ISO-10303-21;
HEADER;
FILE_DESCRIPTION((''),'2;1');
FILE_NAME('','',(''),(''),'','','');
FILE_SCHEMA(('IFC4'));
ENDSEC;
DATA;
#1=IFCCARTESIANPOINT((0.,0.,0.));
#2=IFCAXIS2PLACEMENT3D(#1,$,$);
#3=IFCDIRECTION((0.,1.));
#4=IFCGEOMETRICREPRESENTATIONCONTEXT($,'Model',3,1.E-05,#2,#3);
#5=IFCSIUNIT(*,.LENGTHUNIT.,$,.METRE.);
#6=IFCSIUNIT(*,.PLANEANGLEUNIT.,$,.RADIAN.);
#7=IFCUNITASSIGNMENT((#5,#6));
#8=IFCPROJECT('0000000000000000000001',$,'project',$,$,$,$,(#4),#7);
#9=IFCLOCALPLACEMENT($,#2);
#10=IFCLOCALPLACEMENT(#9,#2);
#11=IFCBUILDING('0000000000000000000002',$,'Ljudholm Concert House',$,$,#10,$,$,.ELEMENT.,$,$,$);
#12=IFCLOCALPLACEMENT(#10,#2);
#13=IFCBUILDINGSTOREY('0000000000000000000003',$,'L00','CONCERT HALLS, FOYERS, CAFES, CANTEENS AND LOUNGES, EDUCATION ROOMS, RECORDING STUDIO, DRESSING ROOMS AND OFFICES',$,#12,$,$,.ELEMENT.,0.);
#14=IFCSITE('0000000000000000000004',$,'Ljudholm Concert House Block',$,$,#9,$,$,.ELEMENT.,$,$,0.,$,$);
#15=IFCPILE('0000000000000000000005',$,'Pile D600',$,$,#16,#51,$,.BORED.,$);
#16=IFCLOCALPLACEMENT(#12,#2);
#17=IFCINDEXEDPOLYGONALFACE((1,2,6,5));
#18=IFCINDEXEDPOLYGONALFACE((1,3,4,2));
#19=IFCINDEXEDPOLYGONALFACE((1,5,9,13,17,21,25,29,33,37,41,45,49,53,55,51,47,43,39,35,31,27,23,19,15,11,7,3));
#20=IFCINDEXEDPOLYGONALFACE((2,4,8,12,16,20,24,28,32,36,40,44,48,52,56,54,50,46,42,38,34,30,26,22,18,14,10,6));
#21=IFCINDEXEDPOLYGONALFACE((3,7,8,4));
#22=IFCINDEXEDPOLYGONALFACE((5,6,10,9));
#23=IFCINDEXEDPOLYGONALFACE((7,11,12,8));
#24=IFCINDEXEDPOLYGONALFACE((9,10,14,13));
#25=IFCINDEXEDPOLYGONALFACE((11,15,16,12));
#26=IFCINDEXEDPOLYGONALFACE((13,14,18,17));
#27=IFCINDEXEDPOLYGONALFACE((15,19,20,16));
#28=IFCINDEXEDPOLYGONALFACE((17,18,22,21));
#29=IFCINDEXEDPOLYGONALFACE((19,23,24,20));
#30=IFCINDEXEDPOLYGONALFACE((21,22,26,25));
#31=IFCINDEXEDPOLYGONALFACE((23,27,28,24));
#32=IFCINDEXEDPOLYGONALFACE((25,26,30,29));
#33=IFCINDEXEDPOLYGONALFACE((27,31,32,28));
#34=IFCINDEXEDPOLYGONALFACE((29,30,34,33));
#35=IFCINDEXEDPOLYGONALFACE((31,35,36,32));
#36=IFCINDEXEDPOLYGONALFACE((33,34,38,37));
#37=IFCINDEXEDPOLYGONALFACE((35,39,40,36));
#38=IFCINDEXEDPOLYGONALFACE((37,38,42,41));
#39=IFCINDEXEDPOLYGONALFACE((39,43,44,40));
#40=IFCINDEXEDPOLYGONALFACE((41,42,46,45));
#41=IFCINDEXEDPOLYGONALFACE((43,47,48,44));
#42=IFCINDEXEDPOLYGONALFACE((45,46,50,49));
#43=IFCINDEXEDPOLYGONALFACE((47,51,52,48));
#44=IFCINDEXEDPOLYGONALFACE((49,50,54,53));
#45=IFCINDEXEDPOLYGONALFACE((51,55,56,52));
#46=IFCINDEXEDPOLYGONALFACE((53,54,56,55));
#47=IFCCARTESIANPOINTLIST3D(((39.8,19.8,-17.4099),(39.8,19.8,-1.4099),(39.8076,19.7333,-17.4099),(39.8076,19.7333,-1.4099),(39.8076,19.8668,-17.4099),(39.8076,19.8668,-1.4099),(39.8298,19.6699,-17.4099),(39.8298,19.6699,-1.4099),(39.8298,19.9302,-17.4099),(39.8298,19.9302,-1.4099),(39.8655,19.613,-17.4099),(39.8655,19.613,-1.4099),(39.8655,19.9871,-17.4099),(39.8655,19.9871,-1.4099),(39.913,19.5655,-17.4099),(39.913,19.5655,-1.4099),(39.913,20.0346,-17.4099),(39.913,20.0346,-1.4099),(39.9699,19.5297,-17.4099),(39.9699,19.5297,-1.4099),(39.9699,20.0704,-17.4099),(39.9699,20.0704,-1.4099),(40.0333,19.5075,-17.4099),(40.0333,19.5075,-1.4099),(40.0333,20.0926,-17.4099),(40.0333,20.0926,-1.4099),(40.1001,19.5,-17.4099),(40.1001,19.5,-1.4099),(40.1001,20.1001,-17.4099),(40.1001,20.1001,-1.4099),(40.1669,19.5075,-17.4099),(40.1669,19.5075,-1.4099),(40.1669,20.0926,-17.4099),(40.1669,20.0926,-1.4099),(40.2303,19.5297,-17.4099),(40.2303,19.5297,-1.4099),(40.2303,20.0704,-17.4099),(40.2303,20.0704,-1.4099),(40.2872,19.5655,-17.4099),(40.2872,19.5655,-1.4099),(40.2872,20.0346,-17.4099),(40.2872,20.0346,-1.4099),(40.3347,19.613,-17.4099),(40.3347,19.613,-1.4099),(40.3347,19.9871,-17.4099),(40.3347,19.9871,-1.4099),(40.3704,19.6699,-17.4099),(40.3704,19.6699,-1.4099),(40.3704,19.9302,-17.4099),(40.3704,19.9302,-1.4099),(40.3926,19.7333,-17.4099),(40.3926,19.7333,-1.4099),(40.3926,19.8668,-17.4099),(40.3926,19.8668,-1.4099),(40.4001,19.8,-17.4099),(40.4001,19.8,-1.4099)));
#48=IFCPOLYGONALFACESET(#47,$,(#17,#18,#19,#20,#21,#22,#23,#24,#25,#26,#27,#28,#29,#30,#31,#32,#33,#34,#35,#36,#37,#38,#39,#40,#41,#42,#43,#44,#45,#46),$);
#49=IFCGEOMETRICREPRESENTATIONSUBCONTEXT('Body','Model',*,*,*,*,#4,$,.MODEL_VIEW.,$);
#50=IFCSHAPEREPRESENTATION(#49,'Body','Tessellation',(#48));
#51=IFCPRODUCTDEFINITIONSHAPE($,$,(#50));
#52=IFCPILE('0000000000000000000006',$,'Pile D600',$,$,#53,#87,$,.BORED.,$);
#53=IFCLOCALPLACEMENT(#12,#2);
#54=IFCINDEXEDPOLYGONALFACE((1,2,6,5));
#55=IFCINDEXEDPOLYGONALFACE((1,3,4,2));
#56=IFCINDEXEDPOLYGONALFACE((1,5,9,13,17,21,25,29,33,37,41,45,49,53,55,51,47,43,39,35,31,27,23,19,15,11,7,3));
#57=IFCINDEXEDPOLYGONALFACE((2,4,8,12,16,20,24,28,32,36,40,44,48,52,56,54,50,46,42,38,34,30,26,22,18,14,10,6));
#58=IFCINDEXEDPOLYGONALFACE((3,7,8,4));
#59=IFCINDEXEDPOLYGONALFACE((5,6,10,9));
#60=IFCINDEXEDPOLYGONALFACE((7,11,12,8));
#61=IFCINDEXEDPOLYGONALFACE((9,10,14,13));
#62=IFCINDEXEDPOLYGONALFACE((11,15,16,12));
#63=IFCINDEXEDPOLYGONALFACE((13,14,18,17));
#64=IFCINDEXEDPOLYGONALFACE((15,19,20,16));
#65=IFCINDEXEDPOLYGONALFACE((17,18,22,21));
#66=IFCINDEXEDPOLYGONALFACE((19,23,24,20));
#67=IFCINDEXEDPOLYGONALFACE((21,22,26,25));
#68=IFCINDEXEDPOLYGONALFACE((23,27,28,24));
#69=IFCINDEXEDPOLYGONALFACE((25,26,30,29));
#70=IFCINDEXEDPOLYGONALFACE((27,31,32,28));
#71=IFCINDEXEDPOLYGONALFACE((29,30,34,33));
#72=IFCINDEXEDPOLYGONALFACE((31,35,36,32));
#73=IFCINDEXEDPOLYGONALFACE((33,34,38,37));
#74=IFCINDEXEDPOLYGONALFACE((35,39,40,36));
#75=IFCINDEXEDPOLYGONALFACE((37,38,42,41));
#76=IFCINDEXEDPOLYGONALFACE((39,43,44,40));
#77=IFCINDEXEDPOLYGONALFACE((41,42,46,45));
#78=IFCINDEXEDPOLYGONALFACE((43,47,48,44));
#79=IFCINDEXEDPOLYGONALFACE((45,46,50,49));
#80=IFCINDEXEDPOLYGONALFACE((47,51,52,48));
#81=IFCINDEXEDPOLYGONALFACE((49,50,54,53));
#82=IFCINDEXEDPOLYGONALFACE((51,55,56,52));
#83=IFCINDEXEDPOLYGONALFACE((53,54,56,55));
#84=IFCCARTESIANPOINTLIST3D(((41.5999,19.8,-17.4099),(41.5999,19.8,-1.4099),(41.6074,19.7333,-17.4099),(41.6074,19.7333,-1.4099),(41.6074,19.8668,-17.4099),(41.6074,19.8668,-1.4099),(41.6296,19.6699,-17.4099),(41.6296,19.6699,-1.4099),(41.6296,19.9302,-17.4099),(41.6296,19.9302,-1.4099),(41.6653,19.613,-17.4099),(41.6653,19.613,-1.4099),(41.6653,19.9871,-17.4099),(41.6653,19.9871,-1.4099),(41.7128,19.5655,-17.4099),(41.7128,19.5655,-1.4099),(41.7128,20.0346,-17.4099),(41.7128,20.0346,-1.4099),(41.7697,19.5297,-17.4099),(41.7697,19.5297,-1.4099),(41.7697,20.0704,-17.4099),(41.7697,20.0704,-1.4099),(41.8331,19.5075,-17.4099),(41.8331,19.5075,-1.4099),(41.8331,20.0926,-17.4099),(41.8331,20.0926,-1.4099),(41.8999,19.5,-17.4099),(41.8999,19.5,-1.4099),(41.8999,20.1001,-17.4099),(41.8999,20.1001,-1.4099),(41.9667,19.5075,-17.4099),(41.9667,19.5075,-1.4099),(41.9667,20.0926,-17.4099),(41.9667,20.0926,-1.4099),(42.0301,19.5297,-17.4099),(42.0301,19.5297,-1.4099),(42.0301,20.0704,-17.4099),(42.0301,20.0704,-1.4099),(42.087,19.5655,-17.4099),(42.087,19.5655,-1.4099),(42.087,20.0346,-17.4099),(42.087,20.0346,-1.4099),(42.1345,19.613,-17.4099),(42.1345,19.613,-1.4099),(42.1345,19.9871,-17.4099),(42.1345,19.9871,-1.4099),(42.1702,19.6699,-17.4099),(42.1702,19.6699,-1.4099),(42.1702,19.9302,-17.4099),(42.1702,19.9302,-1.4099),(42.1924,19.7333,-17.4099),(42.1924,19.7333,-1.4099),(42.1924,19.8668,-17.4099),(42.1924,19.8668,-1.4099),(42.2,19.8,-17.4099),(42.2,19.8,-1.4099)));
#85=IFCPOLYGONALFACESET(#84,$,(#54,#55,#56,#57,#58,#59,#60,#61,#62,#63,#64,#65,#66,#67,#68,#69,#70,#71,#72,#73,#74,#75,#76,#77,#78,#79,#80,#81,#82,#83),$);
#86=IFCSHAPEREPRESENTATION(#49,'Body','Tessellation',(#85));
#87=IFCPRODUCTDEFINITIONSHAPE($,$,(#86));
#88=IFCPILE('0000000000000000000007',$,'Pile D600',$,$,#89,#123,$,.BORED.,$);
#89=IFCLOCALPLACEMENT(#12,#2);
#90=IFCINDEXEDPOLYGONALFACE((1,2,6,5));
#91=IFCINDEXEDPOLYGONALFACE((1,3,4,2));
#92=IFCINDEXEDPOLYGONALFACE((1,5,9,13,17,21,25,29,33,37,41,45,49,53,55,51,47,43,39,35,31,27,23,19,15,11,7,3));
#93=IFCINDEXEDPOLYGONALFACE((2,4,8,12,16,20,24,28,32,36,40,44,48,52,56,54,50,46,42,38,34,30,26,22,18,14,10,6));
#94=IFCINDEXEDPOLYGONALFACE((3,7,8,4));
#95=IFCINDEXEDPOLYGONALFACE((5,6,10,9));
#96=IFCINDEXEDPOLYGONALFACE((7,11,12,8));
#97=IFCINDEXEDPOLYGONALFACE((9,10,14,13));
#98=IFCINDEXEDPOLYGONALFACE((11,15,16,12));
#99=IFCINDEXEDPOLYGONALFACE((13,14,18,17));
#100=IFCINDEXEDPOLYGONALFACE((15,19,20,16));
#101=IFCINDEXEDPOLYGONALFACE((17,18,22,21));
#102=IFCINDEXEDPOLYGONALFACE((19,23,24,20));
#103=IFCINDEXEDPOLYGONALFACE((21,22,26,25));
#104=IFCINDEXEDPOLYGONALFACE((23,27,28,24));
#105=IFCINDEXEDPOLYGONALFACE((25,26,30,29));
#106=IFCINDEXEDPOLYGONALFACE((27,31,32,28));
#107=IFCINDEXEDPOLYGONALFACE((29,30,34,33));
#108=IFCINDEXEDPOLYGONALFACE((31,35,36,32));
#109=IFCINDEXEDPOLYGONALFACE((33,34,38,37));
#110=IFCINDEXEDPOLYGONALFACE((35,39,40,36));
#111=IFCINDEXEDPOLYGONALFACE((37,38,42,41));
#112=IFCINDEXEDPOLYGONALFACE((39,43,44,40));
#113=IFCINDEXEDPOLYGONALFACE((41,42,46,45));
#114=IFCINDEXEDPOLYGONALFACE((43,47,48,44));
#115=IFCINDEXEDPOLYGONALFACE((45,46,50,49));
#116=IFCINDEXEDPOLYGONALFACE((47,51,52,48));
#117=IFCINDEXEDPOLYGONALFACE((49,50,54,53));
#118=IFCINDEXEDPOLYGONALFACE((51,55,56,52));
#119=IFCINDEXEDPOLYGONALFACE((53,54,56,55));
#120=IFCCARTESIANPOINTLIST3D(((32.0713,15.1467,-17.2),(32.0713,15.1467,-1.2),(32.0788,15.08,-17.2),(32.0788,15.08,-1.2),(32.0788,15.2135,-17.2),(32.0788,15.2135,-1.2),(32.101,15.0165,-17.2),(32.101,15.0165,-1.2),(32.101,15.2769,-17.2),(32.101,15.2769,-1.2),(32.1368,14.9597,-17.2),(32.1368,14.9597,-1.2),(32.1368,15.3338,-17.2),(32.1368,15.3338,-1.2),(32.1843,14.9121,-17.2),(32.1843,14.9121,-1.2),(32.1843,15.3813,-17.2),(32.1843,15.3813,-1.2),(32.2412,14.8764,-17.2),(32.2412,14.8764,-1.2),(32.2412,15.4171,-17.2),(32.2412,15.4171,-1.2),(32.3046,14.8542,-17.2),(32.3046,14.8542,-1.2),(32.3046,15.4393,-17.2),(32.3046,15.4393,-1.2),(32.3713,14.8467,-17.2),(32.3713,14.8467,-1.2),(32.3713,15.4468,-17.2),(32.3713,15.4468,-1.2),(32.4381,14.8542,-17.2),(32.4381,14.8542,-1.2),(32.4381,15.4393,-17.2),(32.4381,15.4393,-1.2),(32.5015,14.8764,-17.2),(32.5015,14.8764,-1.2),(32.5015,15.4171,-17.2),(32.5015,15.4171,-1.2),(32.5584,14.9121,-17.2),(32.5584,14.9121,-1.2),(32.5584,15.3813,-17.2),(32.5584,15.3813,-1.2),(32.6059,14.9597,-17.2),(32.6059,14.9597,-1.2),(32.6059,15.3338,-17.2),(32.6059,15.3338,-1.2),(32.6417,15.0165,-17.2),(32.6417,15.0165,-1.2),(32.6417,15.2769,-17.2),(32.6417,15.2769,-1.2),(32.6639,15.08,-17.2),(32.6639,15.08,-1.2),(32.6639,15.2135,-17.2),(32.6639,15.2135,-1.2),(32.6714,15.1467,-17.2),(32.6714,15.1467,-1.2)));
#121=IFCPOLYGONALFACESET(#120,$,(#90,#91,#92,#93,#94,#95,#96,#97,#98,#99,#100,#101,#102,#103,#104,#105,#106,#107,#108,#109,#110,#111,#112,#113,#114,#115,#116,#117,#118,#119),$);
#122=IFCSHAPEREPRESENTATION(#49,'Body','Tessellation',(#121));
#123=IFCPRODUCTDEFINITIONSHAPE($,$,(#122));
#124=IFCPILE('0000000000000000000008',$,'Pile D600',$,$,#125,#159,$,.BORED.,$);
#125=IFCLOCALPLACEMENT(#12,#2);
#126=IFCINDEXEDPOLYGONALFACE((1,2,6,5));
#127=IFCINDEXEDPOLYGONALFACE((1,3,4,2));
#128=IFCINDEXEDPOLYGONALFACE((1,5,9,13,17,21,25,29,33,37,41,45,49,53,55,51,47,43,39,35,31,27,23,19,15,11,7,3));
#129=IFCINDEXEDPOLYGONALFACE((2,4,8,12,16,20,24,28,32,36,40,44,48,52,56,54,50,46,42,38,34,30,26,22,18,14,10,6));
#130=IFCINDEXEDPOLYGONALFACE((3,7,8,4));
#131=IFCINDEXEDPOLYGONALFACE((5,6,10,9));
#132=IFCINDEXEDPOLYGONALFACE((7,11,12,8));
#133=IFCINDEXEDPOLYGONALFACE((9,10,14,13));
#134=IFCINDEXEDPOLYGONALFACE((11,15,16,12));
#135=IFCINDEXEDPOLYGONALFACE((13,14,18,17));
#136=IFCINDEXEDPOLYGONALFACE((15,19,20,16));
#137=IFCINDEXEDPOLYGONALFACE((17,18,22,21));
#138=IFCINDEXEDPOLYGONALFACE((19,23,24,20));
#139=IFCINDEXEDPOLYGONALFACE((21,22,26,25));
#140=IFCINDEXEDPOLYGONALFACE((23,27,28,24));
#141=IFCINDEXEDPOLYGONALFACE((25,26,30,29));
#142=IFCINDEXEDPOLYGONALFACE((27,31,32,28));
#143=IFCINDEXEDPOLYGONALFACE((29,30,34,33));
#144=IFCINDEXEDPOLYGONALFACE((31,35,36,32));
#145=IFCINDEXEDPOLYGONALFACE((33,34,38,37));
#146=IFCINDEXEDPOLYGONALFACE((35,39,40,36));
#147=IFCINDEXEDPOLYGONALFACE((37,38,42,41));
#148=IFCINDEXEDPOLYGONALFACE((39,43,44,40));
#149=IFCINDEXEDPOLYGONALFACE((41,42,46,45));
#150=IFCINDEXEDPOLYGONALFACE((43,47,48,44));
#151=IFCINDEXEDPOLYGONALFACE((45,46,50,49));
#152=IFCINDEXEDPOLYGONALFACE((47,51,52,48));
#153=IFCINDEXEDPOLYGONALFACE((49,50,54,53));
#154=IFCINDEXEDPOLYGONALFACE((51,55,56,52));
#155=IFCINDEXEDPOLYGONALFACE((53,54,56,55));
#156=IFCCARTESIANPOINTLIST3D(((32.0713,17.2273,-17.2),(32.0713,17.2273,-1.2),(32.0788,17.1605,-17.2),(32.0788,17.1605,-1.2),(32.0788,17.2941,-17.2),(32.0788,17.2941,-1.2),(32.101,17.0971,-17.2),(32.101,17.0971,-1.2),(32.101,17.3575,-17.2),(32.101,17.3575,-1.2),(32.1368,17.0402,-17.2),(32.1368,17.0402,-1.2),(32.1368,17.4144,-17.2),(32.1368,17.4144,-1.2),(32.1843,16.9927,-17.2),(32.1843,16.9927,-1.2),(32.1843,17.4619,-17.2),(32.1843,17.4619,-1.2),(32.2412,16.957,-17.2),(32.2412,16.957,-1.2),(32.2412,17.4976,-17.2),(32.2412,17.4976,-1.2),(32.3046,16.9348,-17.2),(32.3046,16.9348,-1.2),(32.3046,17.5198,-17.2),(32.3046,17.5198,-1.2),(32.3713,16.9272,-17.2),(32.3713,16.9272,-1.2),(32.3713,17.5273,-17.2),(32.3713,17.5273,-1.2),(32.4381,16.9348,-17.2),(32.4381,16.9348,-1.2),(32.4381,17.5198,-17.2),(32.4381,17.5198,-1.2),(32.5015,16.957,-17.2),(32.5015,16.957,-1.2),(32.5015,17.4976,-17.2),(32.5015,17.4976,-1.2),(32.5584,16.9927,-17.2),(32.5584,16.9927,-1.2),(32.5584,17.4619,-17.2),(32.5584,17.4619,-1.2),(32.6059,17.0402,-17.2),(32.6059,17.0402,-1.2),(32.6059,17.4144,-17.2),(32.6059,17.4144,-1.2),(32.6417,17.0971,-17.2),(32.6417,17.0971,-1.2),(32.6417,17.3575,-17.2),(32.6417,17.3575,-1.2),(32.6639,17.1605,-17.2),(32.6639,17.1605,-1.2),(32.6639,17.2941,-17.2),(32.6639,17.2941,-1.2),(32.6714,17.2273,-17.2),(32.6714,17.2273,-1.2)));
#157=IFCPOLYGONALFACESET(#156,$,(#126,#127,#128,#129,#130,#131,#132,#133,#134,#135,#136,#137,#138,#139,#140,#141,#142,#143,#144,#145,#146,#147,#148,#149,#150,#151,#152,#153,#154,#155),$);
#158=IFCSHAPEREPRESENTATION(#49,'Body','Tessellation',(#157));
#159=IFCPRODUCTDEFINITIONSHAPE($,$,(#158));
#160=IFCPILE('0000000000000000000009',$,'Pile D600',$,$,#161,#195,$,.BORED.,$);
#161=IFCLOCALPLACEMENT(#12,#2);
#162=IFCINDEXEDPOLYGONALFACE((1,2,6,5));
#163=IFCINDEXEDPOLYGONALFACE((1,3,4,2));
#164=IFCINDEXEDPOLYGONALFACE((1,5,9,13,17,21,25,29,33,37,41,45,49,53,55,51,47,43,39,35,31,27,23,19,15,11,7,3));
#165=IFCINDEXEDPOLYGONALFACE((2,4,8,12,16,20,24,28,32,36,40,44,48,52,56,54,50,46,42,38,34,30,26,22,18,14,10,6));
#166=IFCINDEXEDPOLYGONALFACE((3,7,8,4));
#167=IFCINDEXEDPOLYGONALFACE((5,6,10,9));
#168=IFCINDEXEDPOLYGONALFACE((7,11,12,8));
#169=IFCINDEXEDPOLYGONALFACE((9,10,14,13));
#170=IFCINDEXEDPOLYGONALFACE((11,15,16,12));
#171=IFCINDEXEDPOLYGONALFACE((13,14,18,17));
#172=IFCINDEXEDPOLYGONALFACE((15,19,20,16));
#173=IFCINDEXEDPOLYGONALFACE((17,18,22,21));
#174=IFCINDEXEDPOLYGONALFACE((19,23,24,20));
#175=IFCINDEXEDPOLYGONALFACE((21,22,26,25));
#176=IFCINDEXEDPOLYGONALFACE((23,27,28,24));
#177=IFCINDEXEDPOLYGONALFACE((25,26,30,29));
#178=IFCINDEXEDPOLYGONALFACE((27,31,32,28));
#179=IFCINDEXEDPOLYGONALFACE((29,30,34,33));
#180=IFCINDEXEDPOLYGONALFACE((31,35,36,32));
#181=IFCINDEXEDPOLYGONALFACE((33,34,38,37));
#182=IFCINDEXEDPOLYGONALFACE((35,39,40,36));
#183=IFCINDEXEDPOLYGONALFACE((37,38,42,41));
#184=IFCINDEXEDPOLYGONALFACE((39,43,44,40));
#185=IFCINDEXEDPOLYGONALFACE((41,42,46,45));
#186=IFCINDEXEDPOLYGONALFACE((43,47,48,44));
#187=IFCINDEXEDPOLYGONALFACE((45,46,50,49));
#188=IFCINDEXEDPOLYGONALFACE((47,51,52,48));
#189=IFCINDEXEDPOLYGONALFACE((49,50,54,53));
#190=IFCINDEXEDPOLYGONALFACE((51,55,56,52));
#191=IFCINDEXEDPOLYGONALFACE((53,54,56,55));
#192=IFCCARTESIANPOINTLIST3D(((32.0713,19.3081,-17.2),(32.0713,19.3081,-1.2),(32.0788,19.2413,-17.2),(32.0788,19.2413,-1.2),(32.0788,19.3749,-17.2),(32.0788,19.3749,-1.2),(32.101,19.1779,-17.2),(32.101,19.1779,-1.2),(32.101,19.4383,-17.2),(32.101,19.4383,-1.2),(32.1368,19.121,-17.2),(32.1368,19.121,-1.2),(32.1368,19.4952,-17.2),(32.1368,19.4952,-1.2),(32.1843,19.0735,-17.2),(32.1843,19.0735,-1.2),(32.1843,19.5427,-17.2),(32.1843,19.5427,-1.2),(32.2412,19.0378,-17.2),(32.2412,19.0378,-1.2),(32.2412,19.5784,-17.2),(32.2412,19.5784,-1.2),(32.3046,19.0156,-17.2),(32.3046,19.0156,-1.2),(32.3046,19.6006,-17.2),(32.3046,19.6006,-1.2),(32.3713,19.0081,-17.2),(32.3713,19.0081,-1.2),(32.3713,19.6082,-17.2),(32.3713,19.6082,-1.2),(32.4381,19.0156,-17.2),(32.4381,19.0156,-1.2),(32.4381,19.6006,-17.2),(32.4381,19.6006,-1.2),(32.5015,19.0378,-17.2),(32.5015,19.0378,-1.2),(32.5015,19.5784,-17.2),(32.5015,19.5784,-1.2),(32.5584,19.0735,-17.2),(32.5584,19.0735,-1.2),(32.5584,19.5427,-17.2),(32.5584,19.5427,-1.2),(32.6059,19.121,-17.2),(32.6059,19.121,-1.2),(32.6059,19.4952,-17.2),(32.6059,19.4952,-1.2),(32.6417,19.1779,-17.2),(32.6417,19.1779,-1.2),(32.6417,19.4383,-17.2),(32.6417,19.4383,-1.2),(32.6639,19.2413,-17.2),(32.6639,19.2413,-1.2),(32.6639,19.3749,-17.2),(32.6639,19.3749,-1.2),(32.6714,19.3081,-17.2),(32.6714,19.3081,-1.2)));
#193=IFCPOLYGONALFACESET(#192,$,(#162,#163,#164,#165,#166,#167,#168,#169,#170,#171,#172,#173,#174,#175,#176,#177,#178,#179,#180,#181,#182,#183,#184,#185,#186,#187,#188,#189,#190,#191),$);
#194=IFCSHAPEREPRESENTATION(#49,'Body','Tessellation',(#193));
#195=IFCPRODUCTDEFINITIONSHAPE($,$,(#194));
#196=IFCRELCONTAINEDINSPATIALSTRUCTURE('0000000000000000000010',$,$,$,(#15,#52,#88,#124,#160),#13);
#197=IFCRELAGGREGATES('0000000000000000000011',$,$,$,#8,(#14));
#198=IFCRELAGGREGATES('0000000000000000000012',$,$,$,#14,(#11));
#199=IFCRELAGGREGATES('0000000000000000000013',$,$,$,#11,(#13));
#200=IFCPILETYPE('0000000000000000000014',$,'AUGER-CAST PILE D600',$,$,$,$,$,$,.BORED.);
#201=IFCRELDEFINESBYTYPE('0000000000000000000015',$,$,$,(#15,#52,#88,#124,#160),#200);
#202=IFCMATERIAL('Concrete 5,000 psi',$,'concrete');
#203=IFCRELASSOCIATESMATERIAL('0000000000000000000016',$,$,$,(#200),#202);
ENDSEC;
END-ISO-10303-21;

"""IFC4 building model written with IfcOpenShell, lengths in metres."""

from ifc_helpers import new_model, si_unit, direction, frame, origin, origin_2d, place, context, subcontext, project, spatial, circle, extrude, material, material_profile, profile_set, type_object, element, save


model = new_model("IFC4")

# Units and contexts
model_context = context("Model", 3, precision=1e-05, world=origin(), true_north=direction((0.0, 1.0)))
body_context = subcontext(model_context, "Body", "Model", "MODEL_VIEW")
ifc_project = project(units=[si_unit("LENGTHUNIT", "METRE"), si_unit("PLANEANGLEUNIT", "RADIAN")], contexts=[model_context])

# Site, building, storey
site_placement = place(None, origin())
site = spatial("IfcSite", under=ifc_project, at=site_placement, Name="Ljudholm Concert House Block", CompositionType="ELEMENT", RefElevation=0.0)
building_placement = place(site_placement, origin())
building = spatial("IfcBuilding", under=site, at=building_placement, Name="Ljudholm Concert House", CompositionType="ELEMENT")
storey_placement = place(building_placement, origin())
storey = spatial("IfcBuildingStorey", under=building, at=storey_placement, Name="L00", Description="CONCERT HALLS, FOYERS, CAFES, CANTEENS AND LOUNGES, EDUCATION ROOMS, RECORDING STUDIO, DRESSING ROOMS AND OFFICES", CompositionType="ELEMENT", Elevation=0.0)

# Piles
ifc_material_1 = material(Name="Concrete 5,000 psi", Category="concrete")
ifc_material_profile_1 = material_profile(ifc_material_1, circle(Radius=0.3, at=origin_2d()), Name="AUGER-CAST PILE D600")
ifc_profile_set_1 = profile_set([ifc_material_profile_1], Name="Concrete 5,000 psi")
pile_type = type_object("IfcPileType", Name="AUGER-CAST PILE D600", PredefinedType="BORED", material=ifc_profile_set_1)
for number, where, z_axis, x_axis, name in (
    (1, (40.1001, 19.8, -1.4099), (0.0, 0.0, -1.0), (1.0, 0.0, 0.0), "Pile D600"),
    (2, (41.8999, 19.8, -1.4099), (0.0, 0.0, -1.0), (1.0, 0.0, 0.0), "Pile D600"),
    (3, (32.3713, 15.1467, -1.2), (0.0, 0.0, -1.0), (1.0, 0.0, 0.0), "Pile D600"),
    (4, (32.3713, 17.2273, -1.2), (0.0, 0.0, -1.0), (1.0, 0.0, 0.0), "Pile D600"),
    (5, (32.3713, 19.3081, -1.2), (0.0, 0.0, -1.0), (1.0, 0.0, 0.0), "Pile D600"),
):
    element("IfcPile", number, at=place(storey_placement, frame(where, z_axis=z_axis, x_axis=x_axis)), inside=storey, type_object=pile_type, Name=name, PredefinedType="BORED", context=body_context, shape_type="SweptSolid", body=[
        extrude(circle(Radius=0.3, at=origin_2d()), origin(), (0.0, 0.0, 1.0), 16.0),
    ])

save(model, "model.ifc")
